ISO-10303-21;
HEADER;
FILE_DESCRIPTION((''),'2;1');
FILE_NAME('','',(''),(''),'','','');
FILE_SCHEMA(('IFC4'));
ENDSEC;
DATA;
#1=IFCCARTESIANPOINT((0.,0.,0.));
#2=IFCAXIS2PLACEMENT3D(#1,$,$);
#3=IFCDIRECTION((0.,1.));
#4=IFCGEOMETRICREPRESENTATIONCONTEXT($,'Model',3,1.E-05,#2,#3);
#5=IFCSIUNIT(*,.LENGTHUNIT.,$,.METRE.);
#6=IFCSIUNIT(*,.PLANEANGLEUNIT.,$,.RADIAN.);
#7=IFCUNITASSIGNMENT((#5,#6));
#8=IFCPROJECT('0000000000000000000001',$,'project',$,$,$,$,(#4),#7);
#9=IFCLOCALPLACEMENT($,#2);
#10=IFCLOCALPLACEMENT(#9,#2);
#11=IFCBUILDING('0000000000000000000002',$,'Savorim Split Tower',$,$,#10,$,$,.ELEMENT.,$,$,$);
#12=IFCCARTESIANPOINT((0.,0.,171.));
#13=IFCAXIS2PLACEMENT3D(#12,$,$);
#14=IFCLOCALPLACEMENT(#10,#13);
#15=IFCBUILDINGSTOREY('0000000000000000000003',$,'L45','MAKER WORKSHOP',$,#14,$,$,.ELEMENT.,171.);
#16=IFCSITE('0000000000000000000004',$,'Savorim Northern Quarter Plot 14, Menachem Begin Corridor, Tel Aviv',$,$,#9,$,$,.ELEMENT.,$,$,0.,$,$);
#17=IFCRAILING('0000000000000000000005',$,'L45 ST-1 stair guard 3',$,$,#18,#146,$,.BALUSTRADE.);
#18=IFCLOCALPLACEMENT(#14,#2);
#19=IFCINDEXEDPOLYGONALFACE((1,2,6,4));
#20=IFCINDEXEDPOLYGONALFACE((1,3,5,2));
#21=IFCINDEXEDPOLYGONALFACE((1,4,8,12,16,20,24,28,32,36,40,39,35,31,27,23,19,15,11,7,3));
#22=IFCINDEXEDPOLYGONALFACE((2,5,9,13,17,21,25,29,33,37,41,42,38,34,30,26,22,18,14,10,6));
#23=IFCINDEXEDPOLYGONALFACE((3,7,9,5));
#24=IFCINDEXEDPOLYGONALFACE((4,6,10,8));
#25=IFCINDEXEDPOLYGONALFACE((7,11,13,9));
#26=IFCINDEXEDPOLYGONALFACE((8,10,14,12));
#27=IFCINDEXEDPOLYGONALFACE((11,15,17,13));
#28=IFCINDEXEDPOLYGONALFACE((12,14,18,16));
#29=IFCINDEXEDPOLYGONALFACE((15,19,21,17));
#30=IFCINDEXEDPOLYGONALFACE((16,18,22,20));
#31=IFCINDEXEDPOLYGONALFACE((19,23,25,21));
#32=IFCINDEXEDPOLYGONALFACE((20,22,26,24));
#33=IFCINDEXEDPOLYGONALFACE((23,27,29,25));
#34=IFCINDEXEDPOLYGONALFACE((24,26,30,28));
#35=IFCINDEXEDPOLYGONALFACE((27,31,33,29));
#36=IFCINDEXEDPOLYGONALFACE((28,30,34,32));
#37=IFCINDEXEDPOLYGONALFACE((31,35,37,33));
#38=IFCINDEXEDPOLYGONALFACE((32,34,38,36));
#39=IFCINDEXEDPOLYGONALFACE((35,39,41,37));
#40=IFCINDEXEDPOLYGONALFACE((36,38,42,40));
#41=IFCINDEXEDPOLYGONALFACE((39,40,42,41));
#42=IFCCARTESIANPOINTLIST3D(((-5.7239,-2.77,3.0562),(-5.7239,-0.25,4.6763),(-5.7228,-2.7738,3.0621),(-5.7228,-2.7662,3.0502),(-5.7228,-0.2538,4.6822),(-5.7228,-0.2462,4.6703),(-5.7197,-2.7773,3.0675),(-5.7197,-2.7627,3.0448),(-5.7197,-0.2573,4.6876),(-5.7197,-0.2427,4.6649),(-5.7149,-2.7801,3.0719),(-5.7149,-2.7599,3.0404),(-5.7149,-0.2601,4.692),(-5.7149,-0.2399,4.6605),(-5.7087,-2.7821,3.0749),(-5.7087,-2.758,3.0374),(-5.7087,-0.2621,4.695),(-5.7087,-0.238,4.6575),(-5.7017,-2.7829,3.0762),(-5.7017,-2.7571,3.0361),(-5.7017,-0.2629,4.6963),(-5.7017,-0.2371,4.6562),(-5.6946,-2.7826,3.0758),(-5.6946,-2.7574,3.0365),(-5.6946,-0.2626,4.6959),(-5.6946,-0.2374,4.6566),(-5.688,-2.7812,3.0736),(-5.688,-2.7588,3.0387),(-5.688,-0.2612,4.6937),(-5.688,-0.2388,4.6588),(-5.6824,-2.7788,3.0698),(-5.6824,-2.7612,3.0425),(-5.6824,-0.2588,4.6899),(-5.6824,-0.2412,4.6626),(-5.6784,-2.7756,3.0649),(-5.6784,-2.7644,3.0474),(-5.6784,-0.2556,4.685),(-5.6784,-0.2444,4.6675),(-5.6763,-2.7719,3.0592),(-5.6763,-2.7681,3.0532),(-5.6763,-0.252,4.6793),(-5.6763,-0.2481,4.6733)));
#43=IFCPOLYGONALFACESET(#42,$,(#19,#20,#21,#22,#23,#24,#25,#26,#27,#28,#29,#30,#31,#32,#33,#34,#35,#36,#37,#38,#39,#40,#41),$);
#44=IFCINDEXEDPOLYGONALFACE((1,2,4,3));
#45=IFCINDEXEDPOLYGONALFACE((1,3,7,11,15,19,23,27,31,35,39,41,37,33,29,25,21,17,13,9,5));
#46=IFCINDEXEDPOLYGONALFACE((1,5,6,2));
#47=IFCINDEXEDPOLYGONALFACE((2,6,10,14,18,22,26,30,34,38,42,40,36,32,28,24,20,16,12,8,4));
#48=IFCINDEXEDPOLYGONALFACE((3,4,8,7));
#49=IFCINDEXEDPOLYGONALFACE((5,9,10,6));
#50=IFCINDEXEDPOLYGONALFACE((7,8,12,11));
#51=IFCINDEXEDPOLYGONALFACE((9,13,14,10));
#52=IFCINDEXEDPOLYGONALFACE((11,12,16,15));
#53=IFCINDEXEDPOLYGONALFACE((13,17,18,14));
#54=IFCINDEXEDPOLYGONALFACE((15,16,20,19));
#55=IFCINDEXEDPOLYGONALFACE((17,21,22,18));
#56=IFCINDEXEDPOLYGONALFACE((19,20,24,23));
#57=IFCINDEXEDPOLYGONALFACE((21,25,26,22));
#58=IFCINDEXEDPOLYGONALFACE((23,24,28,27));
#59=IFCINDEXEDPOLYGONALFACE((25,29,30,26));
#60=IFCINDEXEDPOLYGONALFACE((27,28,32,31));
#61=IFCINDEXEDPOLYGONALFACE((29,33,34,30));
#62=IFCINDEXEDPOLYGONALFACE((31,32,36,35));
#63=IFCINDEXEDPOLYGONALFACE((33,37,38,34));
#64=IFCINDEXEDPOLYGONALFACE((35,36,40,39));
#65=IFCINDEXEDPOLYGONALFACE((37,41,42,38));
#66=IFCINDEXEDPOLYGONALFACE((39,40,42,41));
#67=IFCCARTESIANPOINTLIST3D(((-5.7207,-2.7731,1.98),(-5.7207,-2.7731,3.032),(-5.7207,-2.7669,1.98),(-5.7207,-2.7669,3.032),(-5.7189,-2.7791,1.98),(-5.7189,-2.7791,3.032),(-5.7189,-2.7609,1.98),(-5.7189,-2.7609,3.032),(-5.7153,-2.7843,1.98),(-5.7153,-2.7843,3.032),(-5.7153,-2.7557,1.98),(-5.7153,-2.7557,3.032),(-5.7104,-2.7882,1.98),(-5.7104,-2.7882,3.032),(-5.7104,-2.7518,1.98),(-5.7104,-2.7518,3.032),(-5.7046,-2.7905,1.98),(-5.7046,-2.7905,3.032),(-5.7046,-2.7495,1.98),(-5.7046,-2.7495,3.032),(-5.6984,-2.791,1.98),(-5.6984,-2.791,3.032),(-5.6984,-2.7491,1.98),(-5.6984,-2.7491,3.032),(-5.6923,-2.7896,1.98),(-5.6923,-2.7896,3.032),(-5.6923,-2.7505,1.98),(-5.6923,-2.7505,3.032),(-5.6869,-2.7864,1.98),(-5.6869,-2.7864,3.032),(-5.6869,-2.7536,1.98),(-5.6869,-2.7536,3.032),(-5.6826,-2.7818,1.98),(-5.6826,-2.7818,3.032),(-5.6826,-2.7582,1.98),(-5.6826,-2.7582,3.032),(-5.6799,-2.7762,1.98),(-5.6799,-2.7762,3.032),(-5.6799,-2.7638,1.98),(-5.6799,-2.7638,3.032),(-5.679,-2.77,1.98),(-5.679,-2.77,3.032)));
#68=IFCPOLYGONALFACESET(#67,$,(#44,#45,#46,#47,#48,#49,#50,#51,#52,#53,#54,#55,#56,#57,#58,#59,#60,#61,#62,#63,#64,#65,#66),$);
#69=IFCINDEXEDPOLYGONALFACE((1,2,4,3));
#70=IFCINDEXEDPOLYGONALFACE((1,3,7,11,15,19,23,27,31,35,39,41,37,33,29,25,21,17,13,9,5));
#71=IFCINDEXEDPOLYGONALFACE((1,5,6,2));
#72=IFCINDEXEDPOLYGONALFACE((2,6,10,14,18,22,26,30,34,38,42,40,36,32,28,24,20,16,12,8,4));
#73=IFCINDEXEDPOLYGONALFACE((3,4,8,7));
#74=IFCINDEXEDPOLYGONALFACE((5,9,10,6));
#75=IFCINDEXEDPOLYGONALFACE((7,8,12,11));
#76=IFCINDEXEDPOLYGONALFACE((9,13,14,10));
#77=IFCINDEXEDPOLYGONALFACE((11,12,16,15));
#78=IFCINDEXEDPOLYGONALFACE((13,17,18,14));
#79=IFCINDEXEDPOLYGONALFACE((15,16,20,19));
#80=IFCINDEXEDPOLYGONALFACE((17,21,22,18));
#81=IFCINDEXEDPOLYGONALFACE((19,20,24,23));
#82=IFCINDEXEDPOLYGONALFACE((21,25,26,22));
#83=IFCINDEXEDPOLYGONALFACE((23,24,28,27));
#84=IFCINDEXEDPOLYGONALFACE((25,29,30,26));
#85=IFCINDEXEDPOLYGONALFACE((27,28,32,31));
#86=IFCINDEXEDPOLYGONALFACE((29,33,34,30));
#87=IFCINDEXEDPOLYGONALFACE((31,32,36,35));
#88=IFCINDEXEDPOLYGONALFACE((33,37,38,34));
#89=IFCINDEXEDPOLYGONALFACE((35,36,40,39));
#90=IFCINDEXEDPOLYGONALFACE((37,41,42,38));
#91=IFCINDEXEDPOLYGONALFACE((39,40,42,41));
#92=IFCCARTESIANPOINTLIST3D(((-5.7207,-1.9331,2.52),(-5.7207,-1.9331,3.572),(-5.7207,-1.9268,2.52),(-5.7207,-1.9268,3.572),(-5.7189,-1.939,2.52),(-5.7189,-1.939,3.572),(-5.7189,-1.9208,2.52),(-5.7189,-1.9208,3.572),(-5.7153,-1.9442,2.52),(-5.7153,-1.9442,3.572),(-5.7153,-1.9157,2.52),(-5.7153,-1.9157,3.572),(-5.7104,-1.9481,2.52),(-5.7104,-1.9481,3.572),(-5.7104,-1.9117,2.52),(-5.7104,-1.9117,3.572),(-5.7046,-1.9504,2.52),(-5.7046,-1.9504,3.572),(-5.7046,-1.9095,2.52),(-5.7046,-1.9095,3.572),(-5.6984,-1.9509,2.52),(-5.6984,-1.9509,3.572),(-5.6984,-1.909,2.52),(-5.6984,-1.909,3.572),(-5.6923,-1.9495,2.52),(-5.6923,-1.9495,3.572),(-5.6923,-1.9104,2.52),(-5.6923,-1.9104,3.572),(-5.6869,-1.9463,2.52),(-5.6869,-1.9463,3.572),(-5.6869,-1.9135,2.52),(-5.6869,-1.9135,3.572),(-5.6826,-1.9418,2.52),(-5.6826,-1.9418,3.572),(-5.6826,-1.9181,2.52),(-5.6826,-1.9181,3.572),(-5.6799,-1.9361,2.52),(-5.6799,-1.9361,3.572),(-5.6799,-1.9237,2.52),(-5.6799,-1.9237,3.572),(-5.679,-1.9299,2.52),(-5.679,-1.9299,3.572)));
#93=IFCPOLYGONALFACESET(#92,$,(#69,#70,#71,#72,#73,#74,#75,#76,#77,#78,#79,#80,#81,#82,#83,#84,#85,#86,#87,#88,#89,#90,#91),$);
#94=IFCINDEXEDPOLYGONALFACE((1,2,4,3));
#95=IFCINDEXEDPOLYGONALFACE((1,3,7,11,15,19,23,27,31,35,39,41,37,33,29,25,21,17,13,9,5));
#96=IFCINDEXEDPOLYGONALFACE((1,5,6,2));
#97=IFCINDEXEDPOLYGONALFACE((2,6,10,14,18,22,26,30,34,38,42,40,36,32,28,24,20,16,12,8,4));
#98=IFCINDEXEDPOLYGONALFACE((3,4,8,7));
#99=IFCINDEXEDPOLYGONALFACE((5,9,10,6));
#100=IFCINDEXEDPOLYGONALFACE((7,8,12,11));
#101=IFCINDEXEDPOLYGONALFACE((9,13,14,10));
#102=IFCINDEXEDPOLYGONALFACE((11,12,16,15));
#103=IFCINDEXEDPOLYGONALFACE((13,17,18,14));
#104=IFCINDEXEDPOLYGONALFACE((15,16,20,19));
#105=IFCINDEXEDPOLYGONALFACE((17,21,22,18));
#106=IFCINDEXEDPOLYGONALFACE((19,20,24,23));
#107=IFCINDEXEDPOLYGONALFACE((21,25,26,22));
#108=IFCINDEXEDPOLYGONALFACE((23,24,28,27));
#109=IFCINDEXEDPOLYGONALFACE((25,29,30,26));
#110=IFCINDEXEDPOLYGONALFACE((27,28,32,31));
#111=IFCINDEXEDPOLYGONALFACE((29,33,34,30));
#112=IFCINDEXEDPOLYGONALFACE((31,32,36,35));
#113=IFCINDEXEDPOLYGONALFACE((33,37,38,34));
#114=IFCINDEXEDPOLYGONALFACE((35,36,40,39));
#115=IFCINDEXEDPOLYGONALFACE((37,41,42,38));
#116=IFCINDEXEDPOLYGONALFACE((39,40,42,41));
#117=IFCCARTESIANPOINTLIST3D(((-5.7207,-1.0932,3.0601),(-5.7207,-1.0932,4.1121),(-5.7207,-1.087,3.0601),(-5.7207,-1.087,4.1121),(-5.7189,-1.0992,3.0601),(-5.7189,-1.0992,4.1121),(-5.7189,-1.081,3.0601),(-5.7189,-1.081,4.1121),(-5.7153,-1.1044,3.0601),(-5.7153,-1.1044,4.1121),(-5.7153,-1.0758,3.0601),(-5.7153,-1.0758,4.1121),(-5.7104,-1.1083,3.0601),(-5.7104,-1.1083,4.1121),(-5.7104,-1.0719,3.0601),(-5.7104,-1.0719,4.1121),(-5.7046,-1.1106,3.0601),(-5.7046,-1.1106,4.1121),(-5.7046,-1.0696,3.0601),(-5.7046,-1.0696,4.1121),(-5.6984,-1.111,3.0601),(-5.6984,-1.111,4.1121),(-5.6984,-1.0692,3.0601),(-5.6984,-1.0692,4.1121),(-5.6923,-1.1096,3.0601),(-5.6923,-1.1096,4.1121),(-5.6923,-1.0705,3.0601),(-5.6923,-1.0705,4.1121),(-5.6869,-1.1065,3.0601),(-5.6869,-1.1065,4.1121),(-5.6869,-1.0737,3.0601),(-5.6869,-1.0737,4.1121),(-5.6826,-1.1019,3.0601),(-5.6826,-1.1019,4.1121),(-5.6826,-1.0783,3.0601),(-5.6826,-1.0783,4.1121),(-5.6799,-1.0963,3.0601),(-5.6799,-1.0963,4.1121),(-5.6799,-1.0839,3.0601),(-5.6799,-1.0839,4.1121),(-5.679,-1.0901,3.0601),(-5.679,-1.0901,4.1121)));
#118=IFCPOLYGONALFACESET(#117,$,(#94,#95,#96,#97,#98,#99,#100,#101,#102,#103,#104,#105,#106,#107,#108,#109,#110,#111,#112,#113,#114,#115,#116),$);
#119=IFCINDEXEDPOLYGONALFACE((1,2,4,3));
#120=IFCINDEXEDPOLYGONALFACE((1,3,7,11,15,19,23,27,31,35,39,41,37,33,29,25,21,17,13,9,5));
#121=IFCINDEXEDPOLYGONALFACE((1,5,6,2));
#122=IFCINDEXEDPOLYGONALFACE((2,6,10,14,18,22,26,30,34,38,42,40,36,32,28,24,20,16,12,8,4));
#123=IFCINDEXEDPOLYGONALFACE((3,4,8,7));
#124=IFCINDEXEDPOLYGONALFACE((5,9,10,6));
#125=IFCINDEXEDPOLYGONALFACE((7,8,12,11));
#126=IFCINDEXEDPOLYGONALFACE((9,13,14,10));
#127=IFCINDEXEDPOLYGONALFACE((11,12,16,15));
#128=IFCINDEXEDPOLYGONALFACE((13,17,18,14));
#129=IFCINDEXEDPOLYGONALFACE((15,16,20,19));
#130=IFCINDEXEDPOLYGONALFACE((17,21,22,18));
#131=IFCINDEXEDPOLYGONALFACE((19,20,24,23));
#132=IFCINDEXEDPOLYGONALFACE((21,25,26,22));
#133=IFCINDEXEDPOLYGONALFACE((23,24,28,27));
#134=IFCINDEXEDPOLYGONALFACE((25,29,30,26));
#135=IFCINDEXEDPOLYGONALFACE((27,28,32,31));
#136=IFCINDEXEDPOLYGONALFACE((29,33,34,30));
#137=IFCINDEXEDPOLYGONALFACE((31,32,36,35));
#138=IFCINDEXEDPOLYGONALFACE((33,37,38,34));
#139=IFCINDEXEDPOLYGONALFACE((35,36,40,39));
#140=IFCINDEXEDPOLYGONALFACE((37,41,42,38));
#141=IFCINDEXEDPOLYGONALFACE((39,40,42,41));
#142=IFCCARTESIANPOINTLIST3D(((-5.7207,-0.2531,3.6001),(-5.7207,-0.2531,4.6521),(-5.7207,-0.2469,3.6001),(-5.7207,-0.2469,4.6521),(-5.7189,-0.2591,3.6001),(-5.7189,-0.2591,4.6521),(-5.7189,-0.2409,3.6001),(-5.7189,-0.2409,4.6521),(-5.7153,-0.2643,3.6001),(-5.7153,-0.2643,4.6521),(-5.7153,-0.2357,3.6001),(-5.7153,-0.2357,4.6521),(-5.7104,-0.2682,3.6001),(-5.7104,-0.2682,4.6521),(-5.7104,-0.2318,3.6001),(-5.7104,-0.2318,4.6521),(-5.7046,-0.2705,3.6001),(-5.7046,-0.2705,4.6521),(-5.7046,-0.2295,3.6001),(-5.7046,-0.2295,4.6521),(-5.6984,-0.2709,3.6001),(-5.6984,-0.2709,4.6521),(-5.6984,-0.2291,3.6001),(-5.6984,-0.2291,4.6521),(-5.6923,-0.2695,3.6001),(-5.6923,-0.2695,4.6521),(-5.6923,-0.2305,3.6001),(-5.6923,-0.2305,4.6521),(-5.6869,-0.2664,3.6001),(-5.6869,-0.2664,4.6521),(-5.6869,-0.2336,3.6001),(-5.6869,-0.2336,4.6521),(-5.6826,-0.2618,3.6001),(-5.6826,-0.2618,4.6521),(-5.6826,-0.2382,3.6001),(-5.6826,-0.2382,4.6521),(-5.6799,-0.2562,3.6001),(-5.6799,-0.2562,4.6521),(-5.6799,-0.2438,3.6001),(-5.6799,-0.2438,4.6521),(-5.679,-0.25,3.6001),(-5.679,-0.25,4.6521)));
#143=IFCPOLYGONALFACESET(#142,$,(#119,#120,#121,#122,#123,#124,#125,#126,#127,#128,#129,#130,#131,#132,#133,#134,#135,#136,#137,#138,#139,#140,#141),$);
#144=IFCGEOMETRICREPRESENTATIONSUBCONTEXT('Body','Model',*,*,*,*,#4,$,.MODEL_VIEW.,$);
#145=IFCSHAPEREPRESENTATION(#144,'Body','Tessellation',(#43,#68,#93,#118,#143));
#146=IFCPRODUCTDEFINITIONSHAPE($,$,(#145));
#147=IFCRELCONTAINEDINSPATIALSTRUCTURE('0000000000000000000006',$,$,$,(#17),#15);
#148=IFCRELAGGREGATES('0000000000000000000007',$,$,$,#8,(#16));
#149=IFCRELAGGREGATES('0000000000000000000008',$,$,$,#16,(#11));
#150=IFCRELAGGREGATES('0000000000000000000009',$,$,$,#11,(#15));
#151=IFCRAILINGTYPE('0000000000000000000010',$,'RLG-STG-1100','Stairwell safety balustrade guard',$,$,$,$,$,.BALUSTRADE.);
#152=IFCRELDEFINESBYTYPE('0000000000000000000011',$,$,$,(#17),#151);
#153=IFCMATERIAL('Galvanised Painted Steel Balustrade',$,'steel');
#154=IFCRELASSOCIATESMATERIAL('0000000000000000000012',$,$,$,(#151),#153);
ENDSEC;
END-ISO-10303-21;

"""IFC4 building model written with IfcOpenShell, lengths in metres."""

from ifc_helpers import new_model, si_unit, direction, frame, origin, origin_2d, place, context, subcontext, project, spatial, circle, extrude, material, type_object, element, save


model = new_model("IFC4")

# Units and contexts
model_context = context("Model", 3, precision=1e-05, world=origin(), true_north=direction((0.0, 1.0)))
body_context = subcontext(model_context, "Body", "Model", "MODEL_VIEW")
ifc_project = project(units=[si_unit("LENGTHUNIT", "METRE"), si_unit("PLANEANGLEUNIT", "RADIAN")], contexts=[model_context])

# Site, building, storey
site_placement = place(None, origin())
site = spatial("IfcSite", under=ifc_project, at=site_placement, Name="Savorim Northern Quarter Plot 14, Menachem Begin Corridor, Tel Aviv", CompositionType="ELEMENT", RefElevation=0.0)
building_placement = place(site_placement, origin())
building = spatial("IfcBuilding", under=site, at=building_placement, Name="Savorim Split Tower", CompositionType="ELEMENT")
storey_placement = place(building_placement, frame((0.0, 0.0, 171.0)))
storey = spatial("IfcBuildingStorey", under=building, at=storey_placement, Name="L45", Description="MAKER WORKSHOP", CompositionType="ELEMENT", Elevation=171.0)

# Railing
ifc_material_1 = material(Name="Galvanised Painted Steel Balustrade", Category="steel")
railing_type_1 = type_object("IfcRailingType", Name="RLG-STG-1100", Description="Stairwell safety balustrade guard", PredefinedType="BALUSTRADE", material=ifc_material_1)
railing_1_placement = place(storey_placement, frame((-5.7, -2.77, 1.98)))
element("IfcRailing", 1, at=railing_1_placement, inside=storey, type_object=railing_type_1, Name="L45 ST-1 stair guard 3", PredefinedType="BALUSTRADE", context=body_context, shape_type="SweptSolid", body=[
    extrude(circle(Radius=0.0239, at=origin_2d()), frame((0.0, 0.0, 1.0762), z_axis=(0.0, 0.841163, 0.540782), x_axis=(-1.0, 0.0, 0.0)), (0.0, 0.0, 1.0), 2.9958),
    extrude(circle(Radius=0.021, at=origin_2d()), origin(), (0.0, 0.0, 1.0), 1.052),
    extrude(circle(Radius=0.021, at=origin_2d()), frame((0.0, 0.8401, 0.54)), (0.0, 0.0, 1.0), 1.052),
    extrude(circle(Radius=0.021, at=origin_2d()), frame((0.0, 1.6799, 1.0801)), (0.0, 0.0, 1.0), 1.052),
    extrude(circle(Radius=0.021, at=origin_2d()), frame((0.0, 2.52, 1.6201)), (0.0, 0.0, 1.0), 1.052),
])

save(model, "model.ifc")
